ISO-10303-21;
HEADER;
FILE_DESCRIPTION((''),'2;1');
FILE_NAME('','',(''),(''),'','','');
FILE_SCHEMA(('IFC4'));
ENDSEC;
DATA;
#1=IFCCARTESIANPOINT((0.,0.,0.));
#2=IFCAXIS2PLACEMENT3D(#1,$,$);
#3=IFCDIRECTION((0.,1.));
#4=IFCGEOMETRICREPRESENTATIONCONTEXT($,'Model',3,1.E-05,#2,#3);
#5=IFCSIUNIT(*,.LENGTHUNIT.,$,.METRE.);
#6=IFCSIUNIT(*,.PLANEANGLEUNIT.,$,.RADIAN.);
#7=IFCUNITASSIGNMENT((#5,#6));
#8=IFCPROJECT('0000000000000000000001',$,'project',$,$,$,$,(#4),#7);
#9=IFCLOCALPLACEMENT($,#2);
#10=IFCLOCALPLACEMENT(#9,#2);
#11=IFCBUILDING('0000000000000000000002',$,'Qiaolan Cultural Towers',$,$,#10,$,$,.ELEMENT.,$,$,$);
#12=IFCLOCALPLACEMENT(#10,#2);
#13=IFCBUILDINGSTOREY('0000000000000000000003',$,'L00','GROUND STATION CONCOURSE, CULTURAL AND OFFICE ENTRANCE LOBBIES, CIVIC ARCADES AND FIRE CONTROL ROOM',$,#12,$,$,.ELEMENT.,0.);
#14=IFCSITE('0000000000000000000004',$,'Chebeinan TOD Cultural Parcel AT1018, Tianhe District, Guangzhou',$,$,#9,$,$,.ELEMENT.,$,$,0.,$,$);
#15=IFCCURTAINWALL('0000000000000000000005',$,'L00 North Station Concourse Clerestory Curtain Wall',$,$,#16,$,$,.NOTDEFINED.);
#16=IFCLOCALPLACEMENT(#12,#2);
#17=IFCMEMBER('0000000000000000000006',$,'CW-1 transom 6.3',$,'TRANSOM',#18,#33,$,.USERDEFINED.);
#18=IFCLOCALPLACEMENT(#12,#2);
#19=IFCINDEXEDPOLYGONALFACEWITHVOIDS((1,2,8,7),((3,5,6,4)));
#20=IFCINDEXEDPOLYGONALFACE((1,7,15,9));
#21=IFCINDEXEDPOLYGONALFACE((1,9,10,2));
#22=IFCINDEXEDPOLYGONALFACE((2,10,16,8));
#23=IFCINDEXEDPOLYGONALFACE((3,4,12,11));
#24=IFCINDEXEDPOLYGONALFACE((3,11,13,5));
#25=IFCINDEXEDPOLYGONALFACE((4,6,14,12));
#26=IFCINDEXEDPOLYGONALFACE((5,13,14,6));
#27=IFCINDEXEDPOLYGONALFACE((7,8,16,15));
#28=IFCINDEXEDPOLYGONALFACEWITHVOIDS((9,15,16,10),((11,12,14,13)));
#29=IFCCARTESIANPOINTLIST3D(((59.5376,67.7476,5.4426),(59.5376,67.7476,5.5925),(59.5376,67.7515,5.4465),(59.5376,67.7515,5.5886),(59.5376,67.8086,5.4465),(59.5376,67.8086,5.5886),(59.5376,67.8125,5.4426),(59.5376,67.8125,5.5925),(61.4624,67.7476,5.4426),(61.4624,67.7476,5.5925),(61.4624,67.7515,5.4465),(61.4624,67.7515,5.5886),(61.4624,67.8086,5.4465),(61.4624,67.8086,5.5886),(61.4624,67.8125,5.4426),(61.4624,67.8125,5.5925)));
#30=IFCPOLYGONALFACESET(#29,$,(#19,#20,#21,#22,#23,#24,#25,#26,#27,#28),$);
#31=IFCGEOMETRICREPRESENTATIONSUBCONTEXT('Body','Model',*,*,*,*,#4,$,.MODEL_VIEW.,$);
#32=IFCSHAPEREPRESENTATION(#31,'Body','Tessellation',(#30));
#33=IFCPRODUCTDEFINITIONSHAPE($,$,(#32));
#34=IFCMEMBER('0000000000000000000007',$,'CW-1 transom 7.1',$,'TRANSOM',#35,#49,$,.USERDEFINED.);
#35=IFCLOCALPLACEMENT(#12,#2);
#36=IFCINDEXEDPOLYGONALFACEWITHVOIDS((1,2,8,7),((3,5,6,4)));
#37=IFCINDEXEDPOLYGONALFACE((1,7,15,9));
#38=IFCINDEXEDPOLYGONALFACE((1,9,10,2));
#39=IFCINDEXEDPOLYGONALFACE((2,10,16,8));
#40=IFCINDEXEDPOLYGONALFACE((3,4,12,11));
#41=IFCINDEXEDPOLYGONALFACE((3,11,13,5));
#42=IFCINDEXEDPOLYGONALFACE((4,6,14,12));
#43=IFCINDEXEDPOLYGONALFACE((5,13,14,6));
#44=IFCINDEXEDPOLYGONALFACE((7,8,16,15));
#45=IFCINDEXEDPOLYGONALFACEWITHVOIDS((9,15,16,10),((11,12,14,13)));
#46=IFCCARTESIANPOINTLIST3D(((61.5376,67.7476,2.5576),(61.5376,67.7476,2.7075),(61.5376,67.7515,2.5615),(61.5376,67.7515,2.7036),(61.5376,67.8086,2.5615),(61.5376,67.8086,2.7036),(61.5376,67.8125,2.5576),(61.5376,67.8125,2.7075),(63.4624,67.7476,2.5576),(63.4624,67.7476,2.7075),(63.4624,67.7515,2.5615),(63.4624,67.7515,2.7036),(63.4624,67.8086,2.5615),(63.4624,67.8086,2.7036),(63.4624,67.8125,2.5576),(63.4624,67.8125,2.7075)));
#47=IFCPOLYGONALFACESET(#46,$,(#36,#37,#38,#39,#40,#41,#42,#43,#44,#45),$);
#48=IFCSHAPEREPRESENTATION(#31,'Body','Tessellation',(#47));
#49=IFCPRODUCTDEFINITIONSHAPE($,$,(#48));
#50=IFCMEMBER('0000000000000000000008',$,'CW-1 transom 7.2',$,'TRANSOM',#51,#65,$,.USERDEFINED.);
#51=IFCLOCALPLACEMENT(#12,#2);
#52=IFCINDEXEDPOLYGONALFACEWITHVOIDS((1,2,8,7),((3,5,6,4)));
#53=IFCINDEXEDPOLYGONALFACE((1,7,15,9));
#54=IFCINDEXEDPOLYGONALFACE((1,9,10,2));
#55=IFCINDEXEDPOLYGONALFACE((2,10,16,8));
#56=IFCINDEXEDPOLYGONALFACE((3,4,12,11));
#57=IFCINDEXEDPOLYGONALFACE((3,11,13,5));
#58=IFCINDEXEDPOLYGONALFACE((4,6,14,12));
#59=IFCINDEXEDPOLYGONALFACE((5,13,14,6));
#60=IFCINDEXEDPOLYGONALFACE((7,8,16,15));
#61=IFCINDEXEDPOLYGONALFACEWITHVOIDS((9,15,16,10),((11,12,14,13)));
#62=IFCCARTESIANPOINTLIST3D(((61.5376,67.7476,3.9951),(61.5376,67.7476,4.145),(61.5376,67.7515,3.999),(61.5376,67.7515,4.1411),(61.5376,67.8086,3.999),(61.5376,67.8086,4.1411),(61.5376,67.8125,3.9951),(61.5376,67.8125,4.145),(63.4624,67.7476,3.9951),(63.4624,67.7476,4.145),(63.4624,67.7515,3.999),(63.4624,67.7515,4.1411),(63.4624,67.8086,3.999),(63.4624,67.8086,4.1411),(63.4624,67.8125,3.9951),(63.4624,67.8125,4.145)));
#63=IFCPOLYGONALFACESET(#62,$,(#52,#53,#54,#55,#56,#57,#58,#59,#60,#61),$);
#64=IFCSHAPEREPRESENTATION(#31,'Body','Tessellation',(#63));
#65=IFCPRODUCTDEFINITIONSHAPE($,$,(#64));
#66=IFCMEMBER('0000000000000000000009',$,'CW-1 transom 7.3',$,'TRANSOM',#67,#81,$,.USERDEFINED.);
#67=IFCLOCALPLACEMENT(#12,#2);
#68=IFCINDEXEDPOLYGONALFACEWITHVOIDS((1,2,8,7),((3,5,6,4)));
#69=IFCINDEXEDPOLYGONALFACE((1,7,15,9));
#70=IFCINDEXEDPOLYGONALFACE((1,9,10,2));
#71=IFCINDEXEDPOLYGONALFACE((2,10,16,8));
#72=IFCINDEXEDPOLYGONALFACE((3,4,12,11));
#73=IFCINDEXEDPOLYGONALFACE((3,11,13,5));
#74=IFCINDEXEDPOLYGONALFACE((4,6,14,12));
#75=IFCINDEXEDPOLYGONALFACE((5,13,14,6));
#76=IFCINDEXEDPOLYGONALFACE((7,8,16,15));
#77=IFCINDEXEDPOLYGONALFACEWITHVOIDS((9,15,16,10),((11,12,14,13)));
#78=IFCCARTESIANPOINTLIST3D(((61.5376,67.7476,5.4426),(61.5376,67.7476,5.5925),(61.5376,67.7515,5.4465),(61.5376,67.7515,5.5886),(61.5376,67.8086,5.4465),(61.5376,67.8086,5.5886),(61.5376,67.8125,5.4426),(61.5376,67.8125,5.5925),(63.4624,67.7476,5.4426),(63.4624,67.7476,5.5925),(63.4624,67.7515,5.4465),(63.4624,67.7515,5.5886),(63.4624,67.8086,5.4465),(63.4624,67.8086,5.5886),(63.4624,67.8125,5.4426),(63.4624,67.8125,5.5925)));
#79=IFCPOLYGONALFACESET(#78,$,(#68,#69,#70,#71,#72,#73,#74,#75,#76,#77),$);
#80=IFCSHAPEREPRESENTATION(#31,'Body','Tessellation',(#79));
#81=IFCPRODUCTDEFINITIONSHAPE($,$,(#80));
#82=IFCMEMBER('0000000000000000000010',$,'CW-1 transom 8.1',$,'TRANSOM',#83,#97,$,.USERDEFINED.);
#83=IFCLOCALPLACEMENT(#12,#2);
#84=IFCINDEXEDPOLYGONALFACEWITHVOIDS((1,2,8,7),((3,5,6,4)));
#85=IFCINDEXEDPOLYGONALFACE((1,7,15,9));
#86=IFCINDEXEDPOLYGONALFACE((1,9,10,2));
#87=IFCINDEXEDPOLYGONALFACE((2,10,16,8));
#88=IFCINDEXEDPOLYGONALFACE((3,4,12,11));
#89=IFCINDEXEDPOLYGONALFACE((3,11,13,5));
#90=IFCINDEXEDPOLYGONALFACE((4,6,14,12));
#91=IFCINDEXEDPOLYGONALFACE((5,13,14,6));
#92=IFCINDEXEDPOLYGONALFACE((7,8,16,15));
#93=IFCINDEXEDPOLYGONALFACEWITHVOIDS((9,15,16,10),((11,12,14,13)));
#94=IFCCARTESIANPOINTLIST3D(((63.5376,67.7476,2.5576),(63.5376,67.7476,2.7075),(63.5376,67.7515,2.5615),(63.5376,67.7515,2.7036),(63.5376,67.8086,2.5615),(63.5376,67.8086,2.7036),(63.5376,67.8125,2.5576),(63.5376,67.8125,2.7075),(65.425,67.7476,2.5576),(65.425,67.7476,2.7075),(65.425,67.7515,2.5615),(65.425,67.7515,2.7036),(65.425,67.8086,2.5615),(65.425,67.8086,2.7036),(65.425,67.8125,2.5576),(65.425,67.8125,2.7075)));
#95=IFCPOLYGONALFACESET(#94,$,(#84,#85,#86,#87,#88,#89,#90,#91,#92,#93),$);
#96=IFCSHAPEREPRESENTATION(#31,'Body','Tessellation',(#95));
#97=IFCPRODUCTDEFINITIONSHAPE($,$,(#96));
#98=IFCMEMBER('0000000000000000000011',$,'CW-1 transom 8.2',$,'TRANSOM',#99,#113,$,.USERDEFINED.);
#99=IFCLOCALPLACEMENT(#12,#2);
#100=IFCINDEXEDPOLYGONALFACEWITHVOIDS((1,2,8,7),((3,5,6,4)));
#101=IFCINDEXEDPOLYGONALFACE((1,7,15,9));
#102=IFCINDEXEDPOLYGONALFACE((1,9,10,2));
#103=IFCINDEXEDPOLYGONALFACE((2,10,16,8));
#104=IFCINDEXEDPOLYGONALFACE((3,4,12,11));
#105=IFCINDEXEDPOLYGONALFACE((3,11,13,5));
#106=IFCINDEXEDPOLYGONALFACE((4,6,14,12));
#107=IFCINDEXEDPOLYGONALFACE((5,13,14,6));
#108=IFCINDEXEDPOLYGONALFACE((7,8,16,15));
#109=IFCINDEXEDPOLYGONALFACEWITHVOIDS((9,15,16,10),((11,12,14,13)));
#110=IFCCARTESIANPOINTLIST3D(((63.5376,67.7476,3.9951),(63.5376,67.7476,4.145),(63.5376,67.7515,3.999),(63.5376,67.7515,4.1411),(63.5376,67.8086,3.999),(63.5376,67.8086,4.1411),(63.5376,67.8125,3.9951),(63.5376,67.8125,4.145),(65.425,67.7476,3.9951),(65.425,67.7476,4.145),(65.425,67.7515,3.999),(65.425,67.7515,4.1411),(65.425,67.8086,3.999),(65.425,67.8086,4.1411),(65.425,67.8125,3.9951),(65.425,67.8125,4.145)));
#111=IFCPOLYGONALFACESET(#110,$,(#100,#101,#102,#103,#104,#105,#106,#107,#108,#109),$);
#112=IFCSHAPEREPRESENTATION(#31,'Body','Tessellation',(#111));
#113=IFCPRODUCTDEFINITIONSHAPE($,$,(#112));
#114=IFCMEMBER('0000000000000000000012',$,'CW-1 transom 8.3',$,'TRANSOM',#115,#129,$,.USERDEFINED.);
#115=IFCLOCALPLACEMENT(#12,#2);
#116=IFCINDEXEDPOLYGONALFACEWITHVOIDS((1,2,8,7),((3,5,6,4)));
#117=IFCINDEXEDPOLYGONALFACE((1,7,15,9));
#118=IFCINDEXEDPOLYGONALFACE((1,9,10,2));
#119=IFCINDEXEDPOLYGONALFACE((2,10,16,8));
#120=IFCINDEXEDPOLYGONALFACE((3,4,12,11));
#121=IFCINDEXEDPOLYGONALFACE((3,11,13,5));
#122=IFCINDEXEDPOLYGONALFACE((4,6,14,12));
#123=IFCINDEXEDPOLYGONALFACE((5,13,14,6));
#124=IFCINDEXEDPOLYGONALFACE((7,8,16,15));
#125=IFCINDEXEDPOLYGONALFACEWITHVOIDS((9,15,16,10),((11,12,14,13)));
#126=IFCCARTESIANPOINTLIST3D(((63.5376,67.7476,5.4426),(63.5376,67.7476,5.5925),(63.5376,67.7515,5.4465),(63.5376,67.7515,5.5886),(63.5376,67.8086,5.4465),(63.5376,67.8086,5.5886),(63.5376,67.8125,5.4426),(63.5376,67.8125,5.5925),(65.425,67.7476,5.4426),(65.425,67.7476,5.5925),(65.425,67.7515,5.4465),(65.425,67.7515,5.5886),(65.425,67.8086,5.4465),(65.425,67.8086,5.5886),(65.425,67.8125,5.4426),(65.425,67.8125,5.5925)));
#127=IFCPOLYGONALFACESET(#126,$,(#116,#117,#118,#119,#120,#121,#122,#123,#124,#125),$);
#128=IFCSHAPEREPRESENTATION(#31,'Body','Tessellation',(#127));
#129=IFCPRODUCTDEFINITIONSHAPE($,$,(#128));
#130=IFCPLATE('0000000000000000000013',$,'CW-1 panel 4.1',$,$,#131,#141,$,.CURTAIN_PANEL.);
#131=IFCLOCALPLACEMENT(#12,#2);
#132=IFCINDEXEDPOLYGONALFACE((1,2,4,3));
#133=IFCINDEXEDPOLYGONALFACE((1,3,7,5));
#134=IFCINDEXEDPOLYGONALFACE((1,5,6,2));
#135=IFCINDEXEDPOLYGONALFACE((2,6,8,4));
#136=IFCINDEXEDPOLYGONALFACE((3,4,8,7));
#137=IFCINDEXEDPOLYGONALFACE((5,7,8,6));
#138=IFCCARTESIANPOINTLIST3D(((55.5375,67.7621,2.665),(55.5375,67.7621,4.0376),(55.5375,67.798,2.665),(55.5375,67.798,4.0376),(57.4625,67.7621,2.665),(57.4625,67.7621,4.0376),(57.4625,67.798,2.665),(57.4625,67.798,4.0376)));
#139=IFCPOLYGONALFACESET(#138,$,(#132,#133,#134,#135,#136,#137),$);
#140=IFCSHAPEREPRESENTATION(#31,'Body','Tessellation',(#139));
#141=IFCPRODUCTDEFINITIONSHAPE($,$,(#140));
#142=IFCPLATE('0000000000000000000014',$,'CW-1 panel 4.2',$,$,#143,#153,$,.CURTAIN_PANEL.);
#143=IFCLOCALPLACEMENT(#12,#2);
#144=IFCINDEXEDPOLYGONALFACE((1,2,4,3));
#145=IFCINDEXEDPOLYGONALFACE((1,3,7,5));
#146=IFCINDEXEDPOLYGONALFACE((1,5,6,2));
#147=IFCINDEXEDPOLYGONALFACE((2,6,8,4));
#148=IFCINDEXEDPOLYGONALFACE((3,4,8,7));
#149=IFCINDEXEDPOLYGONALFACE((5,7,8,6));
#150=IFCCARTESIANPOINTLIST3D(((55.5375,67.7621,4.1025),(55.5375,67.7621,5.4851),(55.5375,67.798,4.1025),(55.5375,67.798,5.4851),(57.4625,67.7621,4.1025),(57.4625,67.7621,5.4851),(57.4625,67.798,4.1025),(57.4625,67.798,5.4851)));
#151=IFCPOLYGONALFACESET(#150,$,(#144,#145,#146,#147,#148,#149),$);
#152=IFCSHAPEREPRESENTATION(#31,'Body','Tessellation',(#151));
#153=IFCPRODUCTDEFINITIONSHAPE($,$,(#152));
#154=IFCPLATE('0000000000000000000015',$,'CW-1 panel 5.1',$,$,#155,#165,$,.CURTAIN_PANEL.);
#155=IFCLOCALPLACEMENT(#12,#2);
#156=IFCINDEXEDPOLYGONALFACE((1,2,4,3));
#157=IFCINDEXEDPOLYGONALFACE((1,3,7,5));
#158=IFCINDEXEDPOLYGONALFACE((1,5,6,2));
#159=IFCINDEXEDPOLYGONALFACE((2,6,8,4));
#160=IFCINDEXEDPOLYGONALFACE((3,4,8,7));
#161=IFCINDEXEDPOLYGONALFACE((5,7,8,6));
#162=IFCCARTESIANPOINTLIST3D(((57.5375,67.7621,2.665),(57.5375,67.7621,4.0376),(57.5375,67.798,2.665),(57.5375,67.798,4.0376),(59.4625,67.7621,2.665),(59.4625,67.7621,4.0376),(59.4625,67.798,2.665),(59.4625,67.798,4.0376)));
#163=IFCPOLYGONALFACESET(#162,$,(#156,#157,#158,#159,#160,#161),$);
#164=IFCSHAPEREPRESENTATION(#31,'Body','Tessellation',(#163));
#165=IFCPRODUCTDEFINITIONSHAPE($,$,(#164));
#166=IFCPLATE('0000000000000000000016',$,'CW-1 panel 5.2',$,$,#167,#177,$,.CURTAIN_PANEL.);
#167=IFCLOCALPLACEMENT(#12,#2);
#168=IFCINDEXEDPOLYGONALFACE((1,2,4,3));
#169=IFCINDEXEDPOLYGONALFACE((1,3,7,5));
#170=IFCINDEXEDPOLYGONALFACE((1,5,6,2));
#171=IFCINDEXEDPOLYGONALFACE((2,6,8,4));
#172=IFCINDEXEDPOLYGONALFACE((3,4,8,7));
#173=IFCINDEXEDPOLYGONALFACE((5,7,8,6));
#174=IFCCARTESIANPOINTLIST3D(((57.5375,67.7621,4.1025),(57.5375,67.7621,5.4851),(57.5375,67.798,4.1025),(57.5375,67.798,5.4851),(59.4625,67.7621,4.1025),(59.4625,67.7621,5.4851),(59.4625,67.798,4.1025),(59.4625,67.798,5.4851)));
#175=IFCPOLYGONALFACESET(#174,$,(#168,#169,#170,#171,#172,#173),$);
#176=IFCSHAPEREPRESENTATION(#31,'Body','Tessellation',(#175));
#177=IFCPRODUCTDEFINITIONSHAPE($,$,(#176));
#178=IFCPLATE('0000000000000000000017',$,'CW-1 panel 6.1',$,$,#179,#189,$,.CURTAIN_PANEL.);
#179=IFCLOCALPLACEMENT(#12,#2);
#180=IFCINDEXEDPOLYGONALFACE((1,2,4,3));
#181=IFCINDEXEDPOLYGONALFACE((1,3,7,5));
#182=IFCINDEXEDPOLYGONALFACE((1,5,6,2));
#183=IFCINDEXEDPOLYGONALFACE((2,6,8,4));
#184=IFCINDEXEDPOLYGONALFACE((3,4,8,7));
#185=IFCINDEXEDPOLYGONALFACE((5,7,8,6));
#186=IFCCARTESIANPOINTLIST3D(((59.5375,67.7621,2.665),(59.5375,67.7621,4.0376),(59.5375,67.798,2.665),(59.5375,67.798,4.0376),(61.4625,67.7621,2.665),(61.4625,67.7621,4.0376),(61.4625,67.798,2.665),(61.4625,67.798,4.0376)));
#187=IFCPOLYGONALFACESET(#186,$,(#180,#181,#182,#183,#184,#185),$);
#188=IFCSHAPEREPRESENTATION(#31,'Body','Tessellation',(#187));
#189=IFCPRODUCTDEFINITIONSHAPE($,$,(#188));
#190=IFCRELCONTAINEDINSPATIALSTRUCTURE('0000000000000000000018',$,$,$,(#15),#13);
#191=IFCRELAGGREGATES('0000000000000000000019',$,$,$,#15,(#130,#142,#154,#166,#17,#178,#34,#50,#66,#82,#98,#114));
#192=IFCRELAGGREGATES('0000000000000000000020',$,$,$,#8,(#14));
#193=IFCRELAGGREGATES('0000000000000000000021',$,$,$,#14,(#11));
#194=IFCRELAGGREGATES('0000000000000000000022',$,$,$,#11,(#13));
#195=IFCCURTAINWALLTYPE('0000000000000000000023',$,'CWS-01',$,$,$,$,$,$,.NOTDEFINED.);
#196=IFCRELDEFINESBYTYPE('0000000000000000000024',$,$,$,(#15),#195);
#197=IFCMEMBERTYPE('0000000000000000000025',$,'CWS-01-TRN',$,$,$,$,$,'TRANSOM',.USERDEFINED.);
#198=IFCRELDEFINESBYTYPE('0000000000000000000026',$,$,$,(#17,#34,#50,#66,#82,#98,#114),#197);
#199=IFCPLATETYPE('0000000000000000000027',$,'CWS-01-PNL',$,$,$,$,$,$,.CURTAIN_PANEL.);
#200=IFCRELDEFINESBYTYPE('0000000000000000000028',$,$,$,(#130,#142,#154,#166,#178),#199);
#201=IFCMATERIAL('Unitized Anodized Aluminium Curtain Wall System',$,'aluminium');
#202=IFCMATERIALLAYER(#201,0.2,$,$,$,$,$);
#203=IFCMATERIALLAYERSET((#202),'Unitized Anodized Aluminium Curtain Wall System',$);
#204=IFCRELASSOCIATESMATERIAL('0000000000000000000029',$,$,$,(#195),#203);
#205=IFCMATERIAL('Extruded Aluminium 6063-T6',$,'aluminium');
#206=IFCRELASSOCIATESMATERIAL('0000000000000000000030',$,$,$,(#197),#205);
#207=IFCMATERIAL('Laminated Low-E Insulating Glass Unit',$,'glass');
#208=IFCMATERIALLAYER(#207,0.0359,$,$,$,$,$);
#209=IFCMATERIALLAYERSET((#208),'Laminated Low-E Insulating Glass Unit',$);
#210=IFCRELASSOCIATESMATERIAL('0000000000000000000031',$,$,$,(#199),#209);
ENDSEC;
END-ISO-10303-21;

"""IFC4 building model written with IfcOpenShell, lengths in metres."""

from ifc_helpers import new_model, si_unit, direction, frame, origin, origin_2d, place, context, subcontext, project, spatial, rectangle, hollow_rectangle, extrude, material, layer, layer_set, material_profile, profile_set, type_object, element, aggregate, save


model = new_model("IFC4")

# Units and contexts
model_context = context("Model", 3, precision=1e-05, world=origin(), true_north=direction((0.0, 1.0)))
body_context = subcontext(model_context, "Body", "Model", "MODEL_VIEW")
ifc_project = project(units=[si_unit("LENGTHUNIT", "METRE"), si_unit("PLANEANGLEUNIT", "RADIAN")], contexts=[model_context])

# Site, building, storey
site_placement = place(None, origin())
site = spatial("IfcSite", under=ifc_project, at=site_placement, Name="Chebeinan TOD Cultural Parcel AT1018, Tianhe District, Guangzhou", CompositionType="ELEMENT", RefElevation=0.0)
building_placement = place(site_placement, origin())
building = spatial("IfcBuilding", under=site, at=building_placement, Name="Qiaolan Cultural Towers", CompositionType="ELEMENT")
storey_placement = place(building_placement, origin())
storey = spatial("IfcBuildingStorey", under=building, at=storey_placement, Name="L00", Description="GROUND STATION CONCOURSE, CULTURAL AND OFFICE ENTRANCE LOBBIES, CIVIC ARCADES AND FIRE CONTROL ROOM", CompositionType="ELEMENT", Elevation=0.0)

# Curtain wall, members, plates
ifc_material_1 = material(Name="Unitized Anodized Aluminium Curtain Wall System", Category="aluminium")
ifc_layer_1 = layer(ifc_material_1, 0.2)
ifc_layer_set_1 = layer_set([ifc_layer_1], Name="Unitized Anodized Aluminium Curtain Wall System")
curtain_wall_type = type_object("IfcCurtainWallType", Name="CWS-01", PredefinedType="NOTDEFINED", material=ifc_layer_set_1)
curtain_wall_placement = place(storey_placement, origin())
curtain_wall = element("IfcCurtainWall", 1, at=curtain_wall_placement, inside=storey, type_object=curtain_wall_type, Name="L00 North Station Concourse Clerestory Curtain Wall", PredefinedType="NOTDEFINED")
ifc_material_2 = material(Name="Extruded Aluminium 6063-T6", Category="aluminium")
ifc_material_profile_1 = material_profile(ifc_material_2, hollow_rectangle(XDim=0.0649, YDim=0.1499, WallThickness=0.0039, at=origin_2d()), Name="CWT-150x65x4")
ifc_profile_set_1 = profile_set([ifc_material_profile_1], Name="Extruded Aluminium 6063-T6")
member_type_1 = type_object("IfcMemberType", Name="CWS-01-TRN", ElementType="TRANSOM", PredefinedType="USERDEFINED", material=ifc_profile_set_1)
member_1_placement = place(storey_placement, frame((59.5376, 67.78, 5.5176), z_axis=(1.0, 0.0, 0.0), x_axis=(0.0, 1.0, 0.0)))
member_1 = element("IfcMember", 2, at=member_1_placement, type_object=member_type_1, Name="CW-1 transom 6.3", ObjectType="TRANSOM", PredefinedType="USERDEFINED", context=body_context, shape_type="SweptSolid", body=[
    extrude(hollow_rectangle(XDim=0.0649, YDim=0.1499, WallThickness=0.0039, at=origin_2d()), origin(), (0.0, 0.0, 1.0), 1.9248),
])
member_2_placement = place(storey_placement, frame((61.5376, 67.78, 2.6326), z_axis=(1.0, 0.0, 0.0), x_axis=(0.0, 1.0, 0.0)))
member_2 = element("IfcMember", 3, at=member_2_placement, type_object=member_type_1, Name="CW-1 transom 7.1", ObjectType="TRANSOM", PredefinedType="USERDEFINED", context=body_context, shape_type="SweptSolid", body=[
    extrude(hollow_rectangle(XDim=0.0649, YDim=0.1499, WallThickness=0.0039, at=origin_2d()), origin(), (0.0, 0.0, 1.0), 1.9248),
])
member_3_placement = place(storey_placement, frame((61.5376, 67.78, 4.0701), z_axis=(1.0, 0.0, 0.0), x_axis=(0.0, 1.0, 0.0)))
member_3 = element("IfcMember", 4, at=member_3_placement, type_object=member_type_1, Name="CW-1 transom 7.2", ObjectType="TRANSOM", PredefinedType="USERDEFINED", context=body_context, shape_type="SweptSolid", body=[
    extrude(hollow_rectangle(XDim=0.0649, YDim=0.1499, WallThickness=0.0039, at=origin_2d()), origin(), (0.0, 0.0, 1.0), 1.9248),
])
member_4_placement = place(storey_placement, frame((61.5376, 67.78, 5.5176), z_axis=(1.0, 0.0, 0.0), x_axis=(0.0, 1.0, 0.0)))
member_4 = element("IfcMember", 5, at=member_4_placement, type_object=member_type_1, Name="CW-1 transom 7.3", ObjectType="TRANSOM", PredefinedType="USERDEFINED", context=body_context, shape_type="SweptSolid", body=[
    extrude(hollow_rectangle(XDim=0.0649, YDim=0.1499, WallThickness=0.0039, at=origin_2d()), origin(), (0.0, 0.0, 1.0), 1.9248),
])
member_5_placement = place(storey_placement, frame((63.5376, 67.78, 2.6326), z_axis=(1.0, 0.0, 0.0), x_axis=(0.0, 1.0, 0.0)))
member_5 = element("IfcMember", 6, at=member_5_placement, type_object=member_type_1, Name="CW-1 transom 8.1", ObjectType="TRANSOM", PredefinedType="USERDEFINED", context=body_context, shape_type="SweptSolid", body=[
    extrude(hollow_rectangle(XDim=0.0649, YDim=0.1499, WallThickness=0.0039, at=origin_2d()), origin(), (0.0, 0.0, 1.0), 1.8875),
])
member_6_placement = place(storey_placement, frame((63.5376, 67.78, 4.0701), z_axis=(1.0, 0.0, 0.0), x_axis=(0.0, 1.0, 0.0)))
member_6 = element("IfcMember", 7, at=member_6_placement, type_object=member_type_1, Name="CW-1 transom 8.2", ObjectType="TRANSOM", PredefinedType="USERDEFINED", context=body_context, shape_type="SweptSolid", body=[
    extrude(hollow_rectangle(XDim=0.0649, YDim=0.1499, WallThickness=0.0039, at=origin_2d()), origin(), (0.0, 0.0, 1.0), 1.8875),
])
member_7_placement = place(storey_placement, frame((63.5376, 67.78, 5.5176), z_axis=(1.0, 0.0, 0.0), x_axis=(0.0, 1.0, 0.0)))
member_7 = element("IfcMember", 8, at=member_7_placement, type_object=member_type_1, Name="CW-1 transom 8.3", ObjectType="TRANSOM", PredefinedType="USERDEFINED", context=body_context, shape_type="SweptSolid", body=[
    extrude(hollow_rectangle(XDim=0.0649, YDim=0.1499, WallThickness=0.0039, at=origin_2d()), origin(), (0.0, 0.0, 1.0), 1.8875),
])
ifc_material_3 = material(Name="Laminated Low-E Insulating Glass Unit", Category="glass")
ifc_layer_2 = layer(ifc_material_3, 0.0359)
ifc_layer_set_2 = layer_set([ifc_layer_2], Name="Laminated Low-E Insulating Glass Unit")
plate_type = type_object("IfcPlateType", Name="CWS-01-PNL", PredefinedType="CURTAIN_PANEL", material=ifc_layer_set_2)
plate_1_placement = place(storey_placement, frame((56.5, 67.78, 2.665), z_axis=(0.0, 0.0, 1.0), x_axis=(1.0, 0.0, 0.0)))
plate_1 = element("IfcPlate", 9, at=plate_1_placement, type_object=plate_type, Name="CW-1 panel 4.1", PredefinedType="CURTAIN_PANEL", context=body_context, shape_type="SweptSolid", body=[
    extrude(rectangle(XDim=1.925, YDim=0.0359, at=origin_2d()), origin(), (0.0, 0.0, 1.0), 1.3726),
])
plate_2_placement = place(storey_placement, frame((56.5, 67.78, 4.1025), z_axis=(0.0, 0.0, 1.0), x_axis=(1.0, 0.0, 0.0)))
plate_2 = element("IfcPlate", 10, at=plate_2_placement, type_object=plate_type, Name="CW-1 panel 4.2", PredefinedType="CURTAIN_PANEL", context=body_context, shape_type="SweptSolid", body=[
    extrude(rectangle(XDim=1.925, YDim=0.0359, at=origin_2d()), origin(), (0.0, 0.0, 1.0), 1.3826),
])
plate_3_placement = place(storey_placement, frame((58.5, 67.78, 2.665), z_axis=(0.0, 0.0, 1.0), x_axis=(1.0, 0.0, 0.0)))
plate_3 = element("IfcPlate", 11, at=plate_3_placement, type_object=plate_type, Name="CW-1 panel 5.1", PredefinedType="CURTAIN_PANEL", context=body_context, shape_type="SweptSolid", body=[
    extrude(rectangle(XDim=1.925, YDim=0.0359, at=origin_2d()), origin(), (0.0, 0.0, 1.0), 1.3726),
])
plate_4_placement = place(storey_placement, frame((58.5, 67.78, 4.1025), z_axis=(0.0, 0.0, 1.0), x_axis=(1.0, 0.0, 0.0)))
plate_4 = element("IfcPlate", 12, at=plate_4_placement, type_object=plate_type, Name="CW-1 panel 5.2", PredefinedType="CURTAIN_PANEL", context=body_context, shape_type="SweptSolid", body=[
    extrude(rectangle(XDim=1.925, YDim=0.0359, at=origin_2d()), origin(), (0.0, 0.0, 1.0), 1.3826),
])
plate_5_placement = place(storey_placement, frame((60.5, 67.78, 2.665), z_axis=(0.0, 0.0, 1.0), x_axis=(1.0, 0.0, 0.0)))
plate_5 = element("IfcPlate", 13, at=plate_5_placement, type_object=plate_type, Name="CW-1 panel 6.1", PredefinedType="CURTAIN_PANEL", context=body_context, shape_type="SweptSolid", body=[
    extrude(rectangle(XDim=1.925, YDim=0.0359, at=origin_2d()), origin(), (0.0, 0.0, 1.0), 1.3726),
])
aggregate(curtain_wall, [plate_1, plate_2, plate_3, plate_4, member_1, plate_5, member_2, member_3, member_4, member_5, member_6, member_7])

save(model, "model.ifc")
